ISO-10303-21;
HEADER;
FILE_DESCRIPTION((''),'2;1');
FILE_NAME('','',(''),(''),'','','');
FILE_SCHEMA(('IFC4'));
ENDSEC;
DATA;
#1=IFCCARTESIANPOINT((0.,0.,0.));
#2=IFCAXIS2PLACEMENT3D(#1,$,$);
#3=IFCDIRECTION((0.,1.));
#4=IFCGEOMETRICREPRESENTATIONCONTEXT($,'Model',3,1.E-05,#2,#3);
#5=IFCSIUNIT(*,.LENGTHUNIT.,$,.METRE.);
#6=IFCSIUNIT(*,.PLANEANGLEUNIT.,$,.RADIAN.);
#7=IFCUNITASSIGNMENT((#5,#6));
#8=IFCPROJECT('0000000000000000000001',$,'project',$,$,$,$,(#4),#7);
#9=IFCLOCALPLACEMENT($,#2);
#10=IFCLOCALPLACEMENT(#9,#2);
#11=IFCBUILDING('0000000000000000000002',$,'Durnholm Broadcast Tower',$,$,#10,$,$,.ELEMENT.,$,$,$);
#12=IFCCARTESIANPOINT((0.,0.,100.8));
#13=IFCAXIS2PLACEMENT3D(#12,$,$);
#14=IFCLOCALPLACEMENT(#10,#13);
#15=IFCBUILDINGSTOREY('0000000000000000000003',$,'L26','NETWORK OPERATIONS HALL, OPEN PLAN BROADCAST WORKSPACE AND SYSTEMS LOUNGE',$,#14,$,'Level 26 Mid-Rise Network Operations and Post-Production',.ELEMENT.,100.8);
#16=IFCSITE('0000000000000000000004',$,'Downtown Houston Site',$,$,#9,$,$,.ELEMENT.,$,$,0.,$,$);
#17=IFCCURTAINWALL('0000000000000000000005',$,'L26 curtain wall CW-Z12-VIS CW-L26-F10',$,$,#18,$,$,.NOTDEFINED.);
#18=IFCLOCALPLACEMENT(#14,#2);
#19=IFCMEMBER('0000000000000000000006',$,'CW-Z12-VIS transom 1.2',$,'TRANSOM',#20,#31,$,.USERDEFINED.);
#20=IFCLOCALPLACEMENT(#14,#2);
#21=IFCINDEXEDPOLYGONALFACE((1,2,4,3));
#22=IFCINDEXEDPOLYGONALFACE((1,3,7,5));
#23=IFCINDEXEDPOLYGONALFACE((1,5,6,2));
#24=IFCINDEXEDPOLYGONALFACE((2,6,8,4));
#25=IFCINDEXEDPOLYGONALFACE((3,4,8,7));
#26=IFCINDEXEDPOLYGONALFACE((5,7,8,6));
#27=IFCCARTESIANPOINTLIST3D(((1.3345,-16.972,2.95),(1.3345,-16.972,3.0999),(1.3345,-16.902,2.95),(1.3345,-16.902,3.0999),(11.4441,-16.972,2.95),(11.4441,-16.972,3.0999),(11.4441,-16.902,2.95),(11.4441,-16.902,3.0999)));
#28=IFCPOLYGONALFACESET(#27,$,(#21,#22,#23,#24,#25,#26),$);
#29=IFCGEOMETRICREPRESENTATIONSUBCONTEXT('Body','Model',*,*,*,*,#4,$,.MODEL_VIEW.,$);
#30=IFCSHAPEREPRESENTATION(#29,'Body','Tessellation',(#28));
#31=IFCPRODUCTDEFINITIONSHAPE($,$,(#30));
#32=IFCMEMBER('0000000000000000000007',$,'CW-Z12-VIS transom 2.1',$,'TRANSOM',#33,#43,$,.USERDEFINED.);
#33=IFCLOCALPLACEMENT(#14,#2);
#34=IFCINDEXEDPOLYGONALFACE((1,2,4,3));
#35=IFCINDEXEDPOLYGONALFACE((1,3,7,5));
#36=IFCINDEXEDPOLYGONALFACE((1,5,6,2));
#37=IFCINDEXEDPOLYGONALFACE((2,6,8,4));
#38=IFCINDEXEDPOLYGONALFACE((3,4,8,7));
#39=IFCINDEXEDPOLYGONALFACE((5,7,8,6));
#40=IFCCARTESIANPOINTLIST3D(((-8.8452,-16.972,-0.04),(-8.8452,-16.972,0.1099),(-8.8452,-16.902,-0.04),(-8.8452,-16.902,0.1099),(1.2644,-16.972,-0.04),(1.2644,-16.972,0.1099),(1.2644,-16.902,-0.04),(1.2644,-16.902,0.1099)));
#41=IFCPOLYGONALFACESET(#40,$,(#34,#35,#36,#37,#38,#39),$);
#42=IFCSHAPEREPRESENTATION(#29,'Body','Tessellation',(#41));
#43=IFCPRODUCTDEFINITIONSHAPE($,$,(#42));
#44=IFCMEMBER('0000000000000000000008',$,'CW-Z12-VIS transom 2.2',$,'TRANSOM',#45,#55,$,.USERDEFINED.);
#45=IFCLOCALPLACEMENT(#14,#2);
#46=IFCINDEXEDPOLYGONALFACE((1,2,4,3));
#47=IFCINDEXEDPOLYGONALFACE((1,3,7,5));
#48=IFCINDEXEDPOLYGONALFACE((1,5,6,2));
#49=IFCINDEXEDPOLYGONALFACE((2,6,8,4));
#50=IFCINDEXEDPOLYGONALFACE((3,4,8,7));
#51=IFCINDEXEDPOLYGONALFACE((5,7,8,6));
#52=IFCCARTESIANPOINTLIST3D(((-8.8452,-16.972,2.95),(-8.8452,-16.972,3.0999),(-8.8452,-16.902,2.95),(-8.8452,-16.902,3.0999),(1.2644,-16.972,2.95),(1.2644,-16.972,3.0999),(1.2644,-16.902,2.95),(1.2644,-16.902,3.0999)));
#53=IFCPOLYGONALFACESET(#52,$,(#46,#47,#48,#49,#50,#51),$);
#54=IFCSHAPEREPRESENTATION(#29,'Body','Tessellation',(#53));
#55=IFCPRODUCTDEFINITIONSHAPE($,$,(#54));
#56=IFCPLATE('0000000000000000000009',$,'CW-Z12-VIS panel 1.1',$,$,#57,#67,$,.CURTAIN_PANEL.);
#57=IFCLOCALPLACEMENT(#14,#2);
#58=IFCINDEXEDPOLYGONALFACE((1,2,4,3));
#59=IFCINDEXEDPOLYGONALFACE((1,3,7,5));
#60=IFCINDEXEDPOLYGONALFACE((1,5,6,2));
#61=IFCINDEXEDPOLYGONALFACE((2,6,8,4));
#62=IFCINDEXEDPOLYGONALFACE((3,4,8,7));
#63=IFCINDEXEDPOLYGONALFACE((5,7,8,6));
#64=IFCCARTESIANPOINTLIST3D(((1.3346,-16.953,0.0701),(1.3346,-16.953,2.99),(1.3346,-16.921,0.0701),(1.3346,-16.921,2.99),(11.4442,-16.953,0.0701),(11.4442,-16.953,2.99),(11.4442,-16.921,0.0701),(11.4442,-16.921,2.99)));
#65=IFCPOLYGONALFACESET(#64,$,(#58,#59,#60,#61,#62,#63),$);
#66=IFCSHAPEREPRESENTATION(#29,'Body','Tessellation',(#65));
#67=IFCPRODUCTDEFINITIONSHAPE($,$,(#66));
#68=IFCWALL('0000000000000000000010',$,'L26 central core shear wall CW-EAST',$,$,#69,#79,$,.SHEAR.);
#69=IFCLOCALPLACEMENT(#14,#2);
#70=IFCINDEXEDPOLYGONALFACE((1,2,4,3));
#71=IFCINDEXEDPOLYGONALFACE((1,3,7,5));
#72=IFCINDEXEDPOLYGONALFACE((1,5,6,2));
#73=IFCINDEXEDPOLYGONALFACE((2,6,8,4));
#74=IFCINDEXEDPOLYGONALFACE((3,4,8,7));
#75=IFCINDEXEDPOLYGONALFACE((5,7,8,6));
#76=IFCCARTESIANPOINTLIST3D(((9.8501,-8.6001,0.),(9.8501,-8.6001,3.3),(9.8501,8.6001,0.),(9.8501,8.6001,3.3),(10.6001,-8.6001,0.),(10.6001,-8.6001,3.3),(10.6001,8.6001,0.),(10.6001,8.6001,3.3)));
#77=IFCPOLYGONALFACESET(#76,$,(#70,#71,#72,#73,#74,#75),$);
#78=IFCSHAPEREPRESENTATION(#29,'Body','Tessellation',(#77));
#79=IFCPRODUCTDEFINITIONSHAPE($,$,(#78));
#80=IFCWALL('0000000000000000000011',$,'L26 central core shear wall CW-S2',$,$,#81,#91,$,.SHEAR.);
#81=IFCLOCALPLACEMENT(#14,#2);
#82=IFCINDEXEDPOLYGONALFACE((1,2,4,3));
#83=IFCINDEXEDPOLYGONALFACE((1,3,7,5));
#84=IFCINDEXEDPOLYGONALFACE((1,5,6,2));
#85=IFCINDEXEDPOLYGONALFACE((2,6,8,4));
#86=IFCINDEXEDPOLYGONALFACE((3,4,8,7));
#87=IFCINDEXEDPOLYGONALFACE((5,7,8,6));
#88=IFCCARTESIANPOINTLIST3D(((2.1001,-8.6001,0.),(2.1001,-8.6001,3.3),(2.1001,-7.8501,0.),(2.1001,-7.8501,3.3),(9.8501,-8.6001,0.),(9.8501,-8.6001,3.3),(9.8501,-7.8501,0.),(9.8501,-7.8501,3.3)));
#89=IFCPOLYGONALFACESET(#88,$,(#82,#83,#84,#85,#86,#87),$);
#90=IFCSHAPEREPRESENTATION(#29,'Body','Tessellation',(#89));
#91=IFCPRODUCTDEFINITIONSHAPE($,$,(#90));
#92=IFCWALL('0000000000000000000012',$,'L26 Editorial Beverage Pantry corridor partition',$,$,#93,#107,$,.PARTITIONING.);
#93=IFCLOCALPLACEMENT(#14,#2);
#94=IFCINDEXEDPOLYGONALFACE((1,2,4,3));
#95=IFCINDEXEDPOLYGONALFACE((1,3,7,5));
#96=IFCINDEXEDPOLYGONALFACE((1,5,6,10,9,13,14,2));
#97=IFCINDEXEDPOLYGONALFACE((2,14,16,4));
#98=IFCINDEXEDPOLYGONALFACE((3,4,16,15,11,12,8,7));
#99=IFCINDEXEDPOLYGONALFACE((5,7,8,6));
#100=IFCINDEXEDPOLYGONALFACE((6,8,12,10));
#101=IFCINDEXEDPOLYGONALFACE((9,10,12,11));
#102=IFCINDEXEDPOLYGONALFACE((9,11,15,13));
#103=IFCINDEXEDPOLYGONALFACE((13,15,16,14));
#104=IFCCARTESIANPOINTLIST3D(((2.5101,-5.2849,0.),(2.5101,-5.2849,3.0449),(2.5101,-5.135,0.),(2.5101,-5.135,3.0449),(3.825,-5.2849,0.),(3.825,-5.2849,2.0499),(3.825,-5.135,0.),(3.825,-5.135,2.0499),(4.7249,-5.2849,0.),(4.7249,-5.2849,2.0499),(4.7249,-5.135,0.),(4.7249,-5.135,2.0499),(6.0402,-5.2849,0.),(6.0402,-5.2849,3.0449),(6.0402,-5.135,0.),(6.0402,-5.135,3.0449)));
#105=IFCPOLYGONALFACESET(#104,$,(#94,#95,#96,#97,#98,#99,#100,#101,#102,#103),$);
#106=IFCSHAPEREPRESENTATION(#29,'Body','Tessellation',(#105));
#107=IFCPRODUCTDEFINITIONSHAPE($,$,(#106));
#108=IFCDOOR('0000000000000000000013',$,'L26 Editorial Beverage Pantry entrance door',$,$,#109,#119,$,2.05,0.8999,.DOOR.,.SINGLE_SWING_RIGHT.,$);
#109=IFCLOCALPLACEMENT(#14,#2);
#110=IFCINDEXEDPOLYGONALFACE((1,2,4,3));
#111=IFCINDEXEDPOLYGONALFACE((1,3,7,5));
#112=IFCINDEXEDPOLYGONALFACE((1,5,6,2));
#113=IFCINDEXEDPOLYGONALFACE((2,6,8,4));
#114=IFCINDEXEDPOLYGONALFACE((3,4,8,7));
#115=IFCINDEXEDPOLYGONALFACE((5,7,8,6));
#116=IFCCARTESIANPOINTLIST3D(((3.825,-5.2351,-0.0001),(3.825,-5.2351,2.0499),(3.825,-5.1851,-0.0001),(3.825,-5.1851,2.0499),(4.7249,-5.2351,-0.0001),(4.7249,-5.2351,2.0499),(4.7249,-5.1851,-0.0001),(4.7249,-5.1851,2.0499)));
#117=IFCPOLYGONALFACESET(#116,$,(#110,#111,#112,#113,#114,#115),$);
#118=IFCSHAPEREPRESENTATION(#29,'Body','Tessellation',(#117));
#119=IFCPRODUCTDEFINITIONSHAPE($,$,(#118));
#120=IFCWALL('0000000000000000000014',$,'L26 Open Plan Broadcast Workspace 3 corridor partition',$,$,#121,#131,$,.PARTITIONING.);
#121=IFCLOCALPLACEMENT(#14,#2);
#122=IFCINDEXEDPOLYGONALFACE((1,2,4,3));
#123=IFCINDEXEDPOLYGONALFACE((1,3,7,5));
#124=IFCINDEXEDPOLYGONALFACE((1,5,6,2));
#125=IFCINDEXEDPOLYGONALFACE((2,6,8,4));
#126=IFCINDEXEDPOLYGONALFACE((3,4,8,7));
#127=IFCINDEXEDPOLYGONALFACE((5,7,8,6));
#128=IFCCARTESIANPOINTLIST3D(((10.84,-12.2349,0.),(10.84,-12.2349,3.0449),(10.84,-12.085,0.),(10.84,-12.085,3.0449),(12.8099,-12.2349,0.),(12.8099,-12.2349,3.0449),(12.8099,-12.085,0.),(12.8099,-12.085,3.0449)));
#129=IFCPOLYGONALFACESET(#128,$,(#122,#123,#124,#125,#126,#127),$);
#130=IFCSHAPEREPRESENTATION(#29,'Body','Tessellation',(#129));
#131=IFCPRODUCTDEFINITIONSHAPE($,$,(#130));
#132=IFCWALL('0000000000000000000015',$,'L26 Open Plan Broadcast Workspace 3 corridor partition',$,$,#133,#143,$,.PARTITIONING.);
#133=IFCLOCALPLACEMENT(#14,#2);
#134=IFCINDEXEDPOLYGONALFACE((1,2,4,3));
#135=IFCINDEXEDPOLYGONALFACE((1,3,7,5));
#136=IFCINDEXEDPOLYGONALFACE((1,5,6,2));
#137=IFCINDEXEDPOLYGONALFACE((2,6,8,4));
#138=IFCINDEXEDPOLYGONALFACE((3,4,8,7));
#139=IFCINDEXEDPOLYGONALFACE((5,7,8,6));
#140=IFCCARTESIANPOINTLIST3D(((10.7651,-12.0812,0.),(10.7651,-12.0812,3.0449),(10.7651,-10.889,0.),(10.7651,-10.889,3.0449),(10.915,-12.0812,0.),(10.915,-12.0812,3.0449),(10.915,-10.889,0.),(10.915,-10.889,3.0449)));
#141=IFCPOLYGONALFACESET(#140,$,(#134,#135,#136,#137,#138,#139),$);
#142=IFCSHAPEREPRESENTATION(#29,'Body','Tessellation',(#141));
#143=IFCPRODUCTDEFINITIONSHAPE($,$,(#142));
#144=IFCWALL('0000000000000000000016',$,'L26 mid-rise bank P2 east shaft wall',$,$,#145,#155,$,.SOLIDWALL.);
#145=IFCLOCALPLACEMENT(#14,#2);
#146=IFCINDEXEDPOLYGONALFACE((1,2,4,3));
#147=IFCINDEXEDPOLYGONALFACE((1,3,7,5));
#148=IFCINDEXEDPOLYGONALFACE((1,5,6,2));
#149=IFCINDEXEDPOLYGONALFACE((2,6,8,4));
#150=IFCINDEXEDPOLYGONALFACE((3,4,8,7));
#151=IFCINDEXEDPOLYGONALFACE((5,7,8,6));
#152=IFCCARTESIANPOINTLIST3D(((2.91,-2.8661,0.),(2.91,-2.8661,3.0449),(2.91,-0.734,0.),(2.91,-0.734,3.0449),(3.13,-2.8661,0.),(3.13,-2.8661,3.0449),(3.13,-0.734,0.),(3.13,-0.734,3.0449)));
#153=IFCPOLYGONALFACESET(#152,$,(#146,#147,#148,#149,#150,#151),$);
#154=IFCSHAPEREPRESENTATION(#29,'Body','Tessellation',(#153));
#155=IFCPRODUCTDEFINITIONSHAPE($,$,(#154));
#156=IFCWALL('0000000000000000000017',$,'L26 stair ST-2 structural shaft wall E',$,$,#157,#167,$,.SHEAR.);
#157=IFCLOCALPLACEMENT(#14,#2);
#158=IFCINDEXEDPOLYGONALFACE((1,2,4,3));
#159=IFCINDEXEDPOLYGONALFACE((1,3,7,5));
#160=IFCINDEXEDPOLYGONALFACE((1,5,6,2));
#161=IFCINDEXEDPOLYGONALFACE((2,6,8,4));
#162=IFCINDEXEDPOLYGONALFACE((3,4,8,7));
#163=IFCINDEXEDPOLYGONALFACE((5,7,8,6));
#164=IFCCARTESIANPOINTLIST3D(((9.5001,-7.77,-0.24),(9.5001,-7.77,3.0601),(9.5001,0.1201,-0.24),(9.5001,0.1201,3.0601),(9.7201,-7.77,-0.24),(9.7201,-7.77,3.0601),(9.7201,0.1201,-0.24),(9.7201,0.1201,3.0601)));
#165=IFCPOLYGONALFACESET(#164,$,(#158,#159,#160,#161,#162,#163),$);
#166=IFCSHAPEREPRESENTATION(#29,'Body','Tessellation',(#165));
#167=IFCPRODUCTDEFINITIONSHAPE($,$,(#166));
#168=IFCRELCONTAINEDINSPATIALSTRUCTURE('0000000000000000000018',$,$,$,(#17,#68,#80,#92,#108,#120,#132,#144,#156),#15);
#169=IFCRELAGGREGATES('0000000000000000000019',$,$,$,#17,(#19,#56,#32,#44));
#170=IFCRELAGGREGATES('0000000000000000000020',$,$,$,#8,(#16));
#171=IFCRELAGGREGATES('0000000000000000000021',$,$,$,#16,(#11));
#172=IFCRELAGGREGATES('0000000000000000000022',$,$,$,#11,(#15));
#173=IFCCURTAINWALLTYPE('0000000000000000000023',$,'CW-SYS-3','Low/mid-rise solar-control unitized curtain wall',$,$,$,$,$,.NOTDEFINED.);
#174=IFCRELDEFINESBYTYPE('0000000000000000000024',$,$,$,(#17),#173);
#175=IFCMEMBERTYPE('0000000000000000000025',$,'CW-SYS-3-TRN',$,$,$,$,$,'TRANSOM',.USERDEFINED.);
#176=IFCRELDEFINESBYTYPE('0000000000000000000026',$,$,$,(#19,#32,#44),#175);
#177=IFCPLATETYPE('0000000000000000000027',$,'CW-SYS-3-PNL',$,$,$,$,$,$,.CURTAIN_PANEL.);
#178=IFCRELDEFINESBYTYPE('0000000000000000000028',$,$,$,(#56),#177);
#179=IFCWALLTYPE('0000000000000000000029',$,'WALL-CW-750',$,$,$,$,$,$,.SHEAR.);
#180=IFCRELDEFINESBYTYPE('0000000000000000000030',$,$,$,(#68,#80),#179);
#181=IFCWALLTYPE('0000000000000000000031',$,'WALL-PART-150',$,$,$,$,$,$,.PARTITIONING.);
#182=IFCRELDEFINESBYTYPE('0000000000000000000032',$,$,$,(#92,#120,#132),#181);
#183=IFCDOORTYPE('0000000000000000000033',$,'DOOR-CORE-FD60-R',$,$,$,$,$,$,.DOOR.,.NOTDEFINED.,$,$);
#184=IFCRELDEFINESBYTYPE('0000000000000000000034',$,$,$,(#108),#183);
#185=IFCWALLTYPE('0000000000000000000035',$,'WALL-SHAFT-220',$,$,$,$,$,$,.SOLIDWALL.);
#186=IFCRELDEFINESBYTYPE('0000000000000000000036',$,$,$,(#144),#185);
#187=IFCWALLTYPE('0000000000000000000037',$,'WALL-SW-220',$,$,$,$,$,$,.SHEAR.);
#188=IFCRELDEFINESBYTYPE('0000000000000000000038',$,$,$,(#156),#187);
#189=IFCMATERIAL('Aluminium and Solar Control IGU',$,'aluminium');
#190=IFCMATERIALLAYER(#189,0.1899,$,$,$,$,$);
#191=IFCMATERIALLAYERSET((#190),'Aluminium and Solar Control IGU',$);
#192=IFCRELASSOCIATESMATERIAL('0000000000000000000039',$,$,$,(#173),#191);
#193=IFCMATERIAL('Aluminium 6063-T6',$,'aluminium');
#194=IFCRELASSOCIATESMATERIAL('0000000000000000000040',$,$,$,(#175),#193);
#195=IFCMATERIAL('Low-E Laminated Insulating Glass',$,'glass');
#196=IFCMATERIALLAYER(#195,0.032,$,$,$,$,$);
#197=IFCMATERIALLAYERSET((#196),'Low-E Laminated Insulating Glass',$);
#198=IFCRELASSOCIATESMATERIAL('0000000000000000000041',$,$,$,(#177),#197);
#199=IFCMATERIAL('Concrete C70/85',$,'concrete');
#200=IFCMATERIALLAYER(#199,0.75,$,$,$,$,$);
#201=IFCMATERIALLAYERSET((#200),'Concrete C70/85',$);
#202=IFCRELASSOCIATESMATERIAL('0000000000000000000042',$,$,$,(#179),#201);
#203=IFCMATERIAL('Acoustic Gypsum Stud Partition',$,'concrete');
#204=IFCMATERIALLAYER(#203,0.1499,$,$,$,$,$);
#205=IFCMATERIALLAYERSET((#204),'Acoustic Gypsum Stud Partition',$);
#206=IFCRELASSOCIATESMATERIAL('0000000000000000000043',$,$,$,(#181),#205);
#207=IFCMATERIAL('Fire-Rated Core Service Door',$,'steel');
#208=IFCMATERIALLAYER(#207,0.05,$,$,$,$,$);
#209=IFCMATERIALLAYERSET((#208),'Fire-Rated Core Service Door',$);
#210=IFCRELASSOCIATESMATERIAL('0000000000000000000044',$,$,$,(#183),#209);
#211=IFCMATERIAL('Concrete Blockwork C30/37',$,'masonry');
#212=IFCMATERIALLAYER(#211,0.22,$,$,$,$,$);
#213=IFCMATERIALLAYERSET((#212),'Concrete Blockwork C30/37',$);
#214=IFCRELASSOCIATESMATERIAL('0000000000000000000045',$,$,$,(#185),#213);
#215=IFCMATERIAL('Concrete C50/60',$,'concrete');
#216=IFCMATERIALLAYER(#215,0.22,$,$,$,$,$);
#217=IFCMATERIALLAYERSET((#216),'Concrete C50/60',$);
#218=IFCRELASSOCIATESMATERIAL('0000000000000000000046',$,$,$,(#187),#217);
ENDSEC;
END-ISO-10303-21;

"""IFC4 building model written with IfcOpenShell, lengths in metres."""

from ifc_helpers import new_model, si_unit, direction, frame, frame_2d, origin, origin_2d, place, context, subcontext, project, spatial, rectangle, extrude, source, transform, mapped, material, layer, layer_set, material_profile, profile_set, type_object, type_shapes, element, fill, aggregate, save


model = new_model("IFC4")

# Units and contexts
model_context = context("Model", 3, precision=1e-05, world=origin(), true_north=direction((0.0, 1.0)))
body_context = subcontext(model_context, "Body", "Model", "MODEL_VIEW")
ifc_project = project(units=[si_unit("LENGTHUNIT", "METRE"), si_unit("PLANEANGLEUNIT", "RADIAN")], contexts=[model_context])

# Site, building, storey
site_placement = place(None, origin())
site = spatial("IfcSite", under=ifc_project, at=site_placement, Name="Downtown Houston Site", CompositionType="ELEMENT", RefElevation=0.0)
building_placement = place(site_placement, origin())
building = spatial("IfcBuilding", under=site, at=building_placement, Name="Durnholm Broadcast Tower", CompositionType="ELEMENT")
storey_placement = place(building_placement, frame((0.0, 0.0, 100.8)))
storey = spatial("IfcBuildingStorey", under=building, at=storey_placement, Name="L26", Description="NETWORK OPERATIONS HALL, OPEN PLAN BROADCAST WORKSPACE AND SYSTEMS LOUNGE", LongName="Level 26 Mid-Rise Network Operations and Post-Production", CompositionType="ELEMENT", Elevation=100.8)

# Shared definitions
ifc_material_1 = material(Name="Concrete C70/85", Category="concrete")

# Curtain wall, members, plate
ifc_material_2 = material(Name="Aluminium and Solar Control IGU", Category="aluminium")
ifc_layer_1 = layer(ifc_material_2, 0.1899)
ifc_layer_set_1 = layer_set([ifc_layer_1], Name="Aluminium and Solar Control IGU")
curtain_wall_type = type_object("IfcCurtainWallType", Name="CW-SYS-3", Description="Low/mid-rise solar-control unitized curtain wall", PredefinedType="NOTDEFINED", material=ifc_layer_set_1)
curtain_wall_placement = place(storey_placement, origin())
curtain_wall = element("IfcCurtainWall", 1, at=curtain_wall_placement, inside=storey, type_object=curtain_wall_type, Name="L26 curtain wall CW-Z12-VIS CW-L26-F10", PredefinedType="NOTDEFINED")
ifc_material_3 = material(Name="Aluminium 6063-T6", Category="aluminium")
ifc_material_profile_1 = material_profile(ifc_material_3, rectangle(XDim=0.0701, YDim=0.1499, at=origin_2d()), Name="CWT70X150")
ifc_profile_set_1 = profile_set([ifc_material_profile_1], Name="Aluminium 6063-T6")
member_type_1 = type_object("IfcMemberType", Name="CW-SYS-3-TRN", ElementType="TRANSOM", PredefinedType="USERDEFINED", material=ifc_profile_set_1)
shared_shape_1 = source(origin(), body_context, "Body", "SweptSolid", [
    extrude(rectangle(XDim=0.0701, YDim=0.1499, at=origin_2d()), origin(), (0.0, 0.0, 1.0), 10.1096),
])
type_shapes(member_type_1, [shared_shape_1])
member_1_placement = place(storey_placement, frame((11.4441, -16.937, 3.0249), z_axis=(-1.0, 0.0, 0.0), x_axis=(0.0, -1.0, 0.0)))
member_1 = element("IfcMember", 2, at=member_1_placement, type_object=member_type_1, Name="CW-Z12-VIS transom 1.2", ObjectType="TRANSOM", PredefinedType="USERDEFINED", context=body_context, shape_type="MappedRepresentation", body=[
    mapped(shared_shape_1, transform((0.0, 0.0, 0.0), x_axis=(1.0, 0.0, 0.0), y_axis=(0.0, 1.0, 0.0), z_axis=(0.0, 0.0, 1.0), scale=1.0)),
])
member_2_placement = place(storey_placement, frame((1.2644, -16.937, 0.0349), z_axis=(-1.0, 0.0, 0.0), x_axis=(0.0, -1.0, 0.0)))
member_2 = element("IfcMember", 3, at=member_2_placement, type_object=member_type_1, Name="CW-Z12-VIS transom 2.1", ObjectType="TRANSOM", PredefinedType="USERDEFINED", context=body_context, shape_type="MappedRepresentation", body=[
    mapped(shared_shape_1, transform((0.0, 0.0, 0.0), x_axis=(1.0, 0.0, 0.0), y_axis=(0.0, 1.0, 0.0), z_axis=(0.0, 0.0, 1.0), scale=1.0)),
])
member_3_placement = place(storey_placement, frame((1.2644, -16.937, 3.0249), z_axis=(-1.0, 0.0, 0.0), x_axis=(0.0, -1.0, 0.0)))
member_3 = element("IfcMember", 4, at=member_3_placement, type_object=member_type_1, Name="CW-Z12-VIS transom 2.2", ObjectType="TRANSOM", PredefinedType="USERDEFINED", context=body_context, shape_type="MappedRepresentation", body=[
    mapped(shared_shape_1, transform((0.0, 0.0, 0.0), x_axis=(1.0, 0.0, 0.0), y_axis=(0.0, 1.0, 0.0), z_axis=(0.0, 0.0, 1.0), scale=1.0)),
])
ifc_material_4 = material(Name="Low-E Laminated Insulating Glass", Category="glass")
ifc_layer_2 = layer(ifc_material_4, 0.032)
ifc_layer_set_2 = layer_set([ifc_layer_2], Name="Low-E Laminated Insulating Glass")
plate_type = type_object("IfcPlateType", Name="CW-SYS-3-PNL", PredefinedType="CURTAIN_PANEL", material=ifc_layer_set_2)
shared_shape_2 = source(origin(), body_context, "Body", "SweptSolid", [
    extrude(rectangle(XDim=10.1096, YDim=0.032, at=origin_2d()), origin(), (0.0, 0.0, 1.0), 2.9199),
])
type_shapes(plate_type, [shared_shape_2])
plate_placement = place(storey_placement, frame((6.3894, -16.937, 0.0701), z_axis=(0.0, 0.0, 1.0), x_axis=(-1.0, 0.0, 0.0)))
plate = element("IfcPlate", 5, at=plate_placement, type_object=plate_type, Name="CW-Z12-VIS panel 1.1", PredefinedType="CURTAIN_PANEL", context=body_context, shape_type="MappedRepresentation", body=[
    mapped(shared_shape_2, transform((0.0, 0.0, 0.0), x_axis=(1.0, 0.0, 0.0), y_axis=(0.0, 1.0, 0.0), z_axis=(0.0, 0.0, 1.0), scale=1.0)),
])
aggregate(curtain_wall, [member_1, plate, member_2, member_3])

# Walls
ifc_layer_3 = layer(ifc_material_1, 0.75)
ifc_layer_set_3 = layer_set([ifc_layer_3], Name="Concrete C70/85")
wall_type_1 = type_object("IfcWallType", Name="WALL-CW-750", PredefinedType="SHEAR", material=ifc_layer_set_3)
wall_1_placement = place(storey_placement, frame((10.2251, -8.6001, 0.0), z_axis=(0.0, 0.0, 1.0), x_axis=(0.0, 1.0, 0.0)))
element("IfcWall", 6, at=wall_1_placement, inside=storey, type_object=wall_type_1, Name="L26 central core shear wall CW-EAST", PredefinedType="SHEAR", context=body_context, shape_type="SweptSolid", body=[
    extrude(rectangle(XDim=17.2002, YDim=0.75, at=frame_2d((8.6001, 0.0))), origin(), (0.0, 0.0, 1.0), 3.3),
])
wall_2_placement = place(storey_placement, frame((2.1001, -8.2251, 0.0), z_axis=(0.0, 0.0, 1.0), x_axis=(1.0, 0.0, 0.0)))
element("IfcWall", 7, at=wall_2_placement, inside=storey, type_object=wall_type_1, Name="L26 central core shear wall CW-S2", PredefinedType="SHEAR", context=body_context, shape_type="SweptSolid", body=[
    extrude(rectangle(XDim=7.75, YDim=0.75, at=frame_2d((3.875, 0.0))), origin(), (0.0, 0.0, 1.0), 3.3),
])

# Wall, opening, door
ifc_material_5 = material(Name="Acoustic Gypsum Stud Partition", Category="concrete")
ifc_layer_4 = layer(ifc_material_5, 0.1499)
ifc_layer_set_4 = layer_set([ifc_layer_4], Name="Acoustic Gypsum Stud Partition")
wall_type_2 = type_object("IfcWallType", Name="WALL-PART-150", PredefinedType="PARTITIONING", material=ifc_layer_set_4)
wall_3_placement = place(storey_placement, frame((2.51, -5.21, 0.0), z_axis=(0.0, 0.0, 1.0), x_axis=(1.0, 0.0, 0.0)))
wall_3 = element("IfcWall", 8, at=wall_3_placement, inside=storey, type_object=wall_type_2, Name="L26 Editorial Beverage Pantry corridor partition", PredefinedType="PARTITIONING", context=body_context, shape_type="SweptSolid", body=[
    extrude(rectangle(XDim=3.53, YDim=0.1499, at=frame_2d((1.7651, 0.0))), origin(), (0.0, 0.0, 1.0), 3.0449),
])
opening_1_placement = place(wall_3_placement, frame((1.3149, 0.0, 0.0)))
opening_1 = element("IfcOpeningElement", 9, at=opening_1_placement, cuts=wall_3, PredefinedType="OPENING", context=body_context, shape_type="SweptSolid", body=[
    extrude(rectangle(XDim=0.8999, YDim=2.05, at=frame_2d((0.45, 1.0249))), frame((0.0, 0.085, 0.0), z_axis=(0.0, -1.0, 0.0), x_axis=(1.0, 0.0, 0.0)), (0.0, 0.0, 1.0), 0.1699),
])
ifc_material_6 = material(Name="Fire-Rated Core Service Door", Category="steel")
ifc_layer_5 = layer(ifc_material_6, 0.05)
ifc_layer_set_5 = layer_set([ifc_layer_5], Name="Fire-Rated Core Service Door")
door_type_1 = type_object("IfcDoorType", Name="DOOR-CORE-FD60-R", OperationType="NOTDEFINED", PredefinedType="DOOR", material=ifc_layer_set_5)
shared_shape_3 = source(origin(), body_context, "Body", "SweptSolid", [
    extrude(rectangle(XDim=0.8999, YDim=2.05, at=frame_2d((0.45, 1.0249))), frame((0.0, 0.0249, 0.0), z_axis=(0.0, -1.0, 0.0), x_axis=(1.0, 0.0, 0.0)), (0.0, 0.0, 1.0), 0.05),
])
type_shapes(door_type_1, [shared_shape_3])
door_1_placement = place(opening_1_placement, origin())
door_1 = element("IfcDoor", 10, at=door_1_placement, inside=storey, type_object=door_type_1, Name="L26 Editorial Beverage Pantry entrance door", OperationType="SINGLE_SWING_RIGHT", OverallHeight=2.05, OverallWidth=0.8999, PredefinedType="DOOR", context=body_context, shape_type="MappedRepresentation", body=[
    mapped(shared_shape_3, transform((0.0, 0.0, 0.0), x_axis=(1.0, 0.0, 0.0), y_axis=(0.0, 1.0, 0.0), z_axis=(0.0, 0.0, 1.0), scale=1.0)),
])
fill(opening_1, door_1)

# Walls
wall_4_placement = place(storey_placement, frame((10.8401, -12.1599, 0.0), z_axis=(0.0, 0.0, 1.0), x_axis=(1.0, 0.0, 0.0)))
element("IfcWall", 11, at=wall_4_placement, inside=storey, type_object=wall_type_2, Name="L26 Open Plan Broadcast Workspace 3 corridor partition", PredefinedType="PARTITIONING", context=body_context, shape_type="SweptSolid", body=[
    extrude(rectangle(XDim=1.97, YDim=0.1499, at=frame_2d((0.9849, 0.0))), origin(), (0.0, 0.0, 1.0), 3.0449),
])
wall_5_placement = place(storey_placement, frame((10.8401, -10.8889, 0.0), z_axis=(0.0, 0.0, 1.0), x_axis=(0.0, -1.0, 0.0)))
element("IfcWall", 12, at=wall_5_placement, inside=storey, type_object=wall_type_2, Name="L26 Open Plan Broadcast Workspace 3 corridor partition", PredefinedType="PARTITIONING", context=body_context, shape_type="SweptSolid", body=[
    extrude(rectangle(XDim=1.1921, YDim=0.1499, at=frame_2d((0.5962, 0.0))), origin(), (0.0, 0.0, 1.0), 3.0449),
])
ifc_material_7 = material(Name="Concrete Blockwork C30/37", Category="masonry")
ifc_layer_6 = layer(ifc_material_7, 0.22)
ifc_layer_set_6 = layer_set([ifc_layer_6], Name="Concrete Blockwork C30/37")
wall_type_3 = type_object("IfcWallType", Name="WALL-SHAFT-220", PredefinedType="SOLIDWALL", material=ifc_layer_set_6)
wall_6_placement = place(storey_placement, frame((3.02, -2.866, 0.0), z_axis=(0.0, 0.0, 1.0), x_axis=(0.0, 1.0, 0.0)))
element("IfcWall", 13, at=wall_6_placement, inside=storey, type_object=wall_type_3, Name="L26 mid-rise bank P2 east shaft wall", PredefinedType="SOLIDWALL", context=body_context, shape_type="SweptSolid", body=[
    extrude(rectangle(XDim=2.1321, YDim=0.22, at=frame_2d((1.0659, 0.0))), origin(), (0.0, 0.0, 1.0), 3.0449),
])
ifc_material_8 = material(Name="Concrete C50/60", Category="concrete")
ifc_layer_7 = layer(ifc_material_8, 0.22)
ifc_layer_set_7 = layer_set([ifc_layer_7], Name="Concrete C50/60")
wall_type_4 = type_object("IfcWallType", Name="WALL-SW-220", PredefinedType="SHEAR", material=ifc_layer_set_7)
wall_7_placement = place(storey_placement, frame((9.6101, -7.77, -0.24), z_axis=(0.0, 0.0, 1.0), x_axis=(0.0, 1.0, 0.0)))
element("IfcWall", 14, at=wall_7_placement, inside=storey, type_object=wall_type_4, Name="L26 stair ST-2 structural shaft wall E", PredefinedType="SHEAR", context=body_context, shape_type="SweptSolid", body=[
    extrude(rectangle(XDim=7.8901, YDim=0.22, at=frame_2d((3.9451, 0.0))), origin(), (0.0, 0.0, 1.0), 3.3),
])

save(model, "model.ifc")
